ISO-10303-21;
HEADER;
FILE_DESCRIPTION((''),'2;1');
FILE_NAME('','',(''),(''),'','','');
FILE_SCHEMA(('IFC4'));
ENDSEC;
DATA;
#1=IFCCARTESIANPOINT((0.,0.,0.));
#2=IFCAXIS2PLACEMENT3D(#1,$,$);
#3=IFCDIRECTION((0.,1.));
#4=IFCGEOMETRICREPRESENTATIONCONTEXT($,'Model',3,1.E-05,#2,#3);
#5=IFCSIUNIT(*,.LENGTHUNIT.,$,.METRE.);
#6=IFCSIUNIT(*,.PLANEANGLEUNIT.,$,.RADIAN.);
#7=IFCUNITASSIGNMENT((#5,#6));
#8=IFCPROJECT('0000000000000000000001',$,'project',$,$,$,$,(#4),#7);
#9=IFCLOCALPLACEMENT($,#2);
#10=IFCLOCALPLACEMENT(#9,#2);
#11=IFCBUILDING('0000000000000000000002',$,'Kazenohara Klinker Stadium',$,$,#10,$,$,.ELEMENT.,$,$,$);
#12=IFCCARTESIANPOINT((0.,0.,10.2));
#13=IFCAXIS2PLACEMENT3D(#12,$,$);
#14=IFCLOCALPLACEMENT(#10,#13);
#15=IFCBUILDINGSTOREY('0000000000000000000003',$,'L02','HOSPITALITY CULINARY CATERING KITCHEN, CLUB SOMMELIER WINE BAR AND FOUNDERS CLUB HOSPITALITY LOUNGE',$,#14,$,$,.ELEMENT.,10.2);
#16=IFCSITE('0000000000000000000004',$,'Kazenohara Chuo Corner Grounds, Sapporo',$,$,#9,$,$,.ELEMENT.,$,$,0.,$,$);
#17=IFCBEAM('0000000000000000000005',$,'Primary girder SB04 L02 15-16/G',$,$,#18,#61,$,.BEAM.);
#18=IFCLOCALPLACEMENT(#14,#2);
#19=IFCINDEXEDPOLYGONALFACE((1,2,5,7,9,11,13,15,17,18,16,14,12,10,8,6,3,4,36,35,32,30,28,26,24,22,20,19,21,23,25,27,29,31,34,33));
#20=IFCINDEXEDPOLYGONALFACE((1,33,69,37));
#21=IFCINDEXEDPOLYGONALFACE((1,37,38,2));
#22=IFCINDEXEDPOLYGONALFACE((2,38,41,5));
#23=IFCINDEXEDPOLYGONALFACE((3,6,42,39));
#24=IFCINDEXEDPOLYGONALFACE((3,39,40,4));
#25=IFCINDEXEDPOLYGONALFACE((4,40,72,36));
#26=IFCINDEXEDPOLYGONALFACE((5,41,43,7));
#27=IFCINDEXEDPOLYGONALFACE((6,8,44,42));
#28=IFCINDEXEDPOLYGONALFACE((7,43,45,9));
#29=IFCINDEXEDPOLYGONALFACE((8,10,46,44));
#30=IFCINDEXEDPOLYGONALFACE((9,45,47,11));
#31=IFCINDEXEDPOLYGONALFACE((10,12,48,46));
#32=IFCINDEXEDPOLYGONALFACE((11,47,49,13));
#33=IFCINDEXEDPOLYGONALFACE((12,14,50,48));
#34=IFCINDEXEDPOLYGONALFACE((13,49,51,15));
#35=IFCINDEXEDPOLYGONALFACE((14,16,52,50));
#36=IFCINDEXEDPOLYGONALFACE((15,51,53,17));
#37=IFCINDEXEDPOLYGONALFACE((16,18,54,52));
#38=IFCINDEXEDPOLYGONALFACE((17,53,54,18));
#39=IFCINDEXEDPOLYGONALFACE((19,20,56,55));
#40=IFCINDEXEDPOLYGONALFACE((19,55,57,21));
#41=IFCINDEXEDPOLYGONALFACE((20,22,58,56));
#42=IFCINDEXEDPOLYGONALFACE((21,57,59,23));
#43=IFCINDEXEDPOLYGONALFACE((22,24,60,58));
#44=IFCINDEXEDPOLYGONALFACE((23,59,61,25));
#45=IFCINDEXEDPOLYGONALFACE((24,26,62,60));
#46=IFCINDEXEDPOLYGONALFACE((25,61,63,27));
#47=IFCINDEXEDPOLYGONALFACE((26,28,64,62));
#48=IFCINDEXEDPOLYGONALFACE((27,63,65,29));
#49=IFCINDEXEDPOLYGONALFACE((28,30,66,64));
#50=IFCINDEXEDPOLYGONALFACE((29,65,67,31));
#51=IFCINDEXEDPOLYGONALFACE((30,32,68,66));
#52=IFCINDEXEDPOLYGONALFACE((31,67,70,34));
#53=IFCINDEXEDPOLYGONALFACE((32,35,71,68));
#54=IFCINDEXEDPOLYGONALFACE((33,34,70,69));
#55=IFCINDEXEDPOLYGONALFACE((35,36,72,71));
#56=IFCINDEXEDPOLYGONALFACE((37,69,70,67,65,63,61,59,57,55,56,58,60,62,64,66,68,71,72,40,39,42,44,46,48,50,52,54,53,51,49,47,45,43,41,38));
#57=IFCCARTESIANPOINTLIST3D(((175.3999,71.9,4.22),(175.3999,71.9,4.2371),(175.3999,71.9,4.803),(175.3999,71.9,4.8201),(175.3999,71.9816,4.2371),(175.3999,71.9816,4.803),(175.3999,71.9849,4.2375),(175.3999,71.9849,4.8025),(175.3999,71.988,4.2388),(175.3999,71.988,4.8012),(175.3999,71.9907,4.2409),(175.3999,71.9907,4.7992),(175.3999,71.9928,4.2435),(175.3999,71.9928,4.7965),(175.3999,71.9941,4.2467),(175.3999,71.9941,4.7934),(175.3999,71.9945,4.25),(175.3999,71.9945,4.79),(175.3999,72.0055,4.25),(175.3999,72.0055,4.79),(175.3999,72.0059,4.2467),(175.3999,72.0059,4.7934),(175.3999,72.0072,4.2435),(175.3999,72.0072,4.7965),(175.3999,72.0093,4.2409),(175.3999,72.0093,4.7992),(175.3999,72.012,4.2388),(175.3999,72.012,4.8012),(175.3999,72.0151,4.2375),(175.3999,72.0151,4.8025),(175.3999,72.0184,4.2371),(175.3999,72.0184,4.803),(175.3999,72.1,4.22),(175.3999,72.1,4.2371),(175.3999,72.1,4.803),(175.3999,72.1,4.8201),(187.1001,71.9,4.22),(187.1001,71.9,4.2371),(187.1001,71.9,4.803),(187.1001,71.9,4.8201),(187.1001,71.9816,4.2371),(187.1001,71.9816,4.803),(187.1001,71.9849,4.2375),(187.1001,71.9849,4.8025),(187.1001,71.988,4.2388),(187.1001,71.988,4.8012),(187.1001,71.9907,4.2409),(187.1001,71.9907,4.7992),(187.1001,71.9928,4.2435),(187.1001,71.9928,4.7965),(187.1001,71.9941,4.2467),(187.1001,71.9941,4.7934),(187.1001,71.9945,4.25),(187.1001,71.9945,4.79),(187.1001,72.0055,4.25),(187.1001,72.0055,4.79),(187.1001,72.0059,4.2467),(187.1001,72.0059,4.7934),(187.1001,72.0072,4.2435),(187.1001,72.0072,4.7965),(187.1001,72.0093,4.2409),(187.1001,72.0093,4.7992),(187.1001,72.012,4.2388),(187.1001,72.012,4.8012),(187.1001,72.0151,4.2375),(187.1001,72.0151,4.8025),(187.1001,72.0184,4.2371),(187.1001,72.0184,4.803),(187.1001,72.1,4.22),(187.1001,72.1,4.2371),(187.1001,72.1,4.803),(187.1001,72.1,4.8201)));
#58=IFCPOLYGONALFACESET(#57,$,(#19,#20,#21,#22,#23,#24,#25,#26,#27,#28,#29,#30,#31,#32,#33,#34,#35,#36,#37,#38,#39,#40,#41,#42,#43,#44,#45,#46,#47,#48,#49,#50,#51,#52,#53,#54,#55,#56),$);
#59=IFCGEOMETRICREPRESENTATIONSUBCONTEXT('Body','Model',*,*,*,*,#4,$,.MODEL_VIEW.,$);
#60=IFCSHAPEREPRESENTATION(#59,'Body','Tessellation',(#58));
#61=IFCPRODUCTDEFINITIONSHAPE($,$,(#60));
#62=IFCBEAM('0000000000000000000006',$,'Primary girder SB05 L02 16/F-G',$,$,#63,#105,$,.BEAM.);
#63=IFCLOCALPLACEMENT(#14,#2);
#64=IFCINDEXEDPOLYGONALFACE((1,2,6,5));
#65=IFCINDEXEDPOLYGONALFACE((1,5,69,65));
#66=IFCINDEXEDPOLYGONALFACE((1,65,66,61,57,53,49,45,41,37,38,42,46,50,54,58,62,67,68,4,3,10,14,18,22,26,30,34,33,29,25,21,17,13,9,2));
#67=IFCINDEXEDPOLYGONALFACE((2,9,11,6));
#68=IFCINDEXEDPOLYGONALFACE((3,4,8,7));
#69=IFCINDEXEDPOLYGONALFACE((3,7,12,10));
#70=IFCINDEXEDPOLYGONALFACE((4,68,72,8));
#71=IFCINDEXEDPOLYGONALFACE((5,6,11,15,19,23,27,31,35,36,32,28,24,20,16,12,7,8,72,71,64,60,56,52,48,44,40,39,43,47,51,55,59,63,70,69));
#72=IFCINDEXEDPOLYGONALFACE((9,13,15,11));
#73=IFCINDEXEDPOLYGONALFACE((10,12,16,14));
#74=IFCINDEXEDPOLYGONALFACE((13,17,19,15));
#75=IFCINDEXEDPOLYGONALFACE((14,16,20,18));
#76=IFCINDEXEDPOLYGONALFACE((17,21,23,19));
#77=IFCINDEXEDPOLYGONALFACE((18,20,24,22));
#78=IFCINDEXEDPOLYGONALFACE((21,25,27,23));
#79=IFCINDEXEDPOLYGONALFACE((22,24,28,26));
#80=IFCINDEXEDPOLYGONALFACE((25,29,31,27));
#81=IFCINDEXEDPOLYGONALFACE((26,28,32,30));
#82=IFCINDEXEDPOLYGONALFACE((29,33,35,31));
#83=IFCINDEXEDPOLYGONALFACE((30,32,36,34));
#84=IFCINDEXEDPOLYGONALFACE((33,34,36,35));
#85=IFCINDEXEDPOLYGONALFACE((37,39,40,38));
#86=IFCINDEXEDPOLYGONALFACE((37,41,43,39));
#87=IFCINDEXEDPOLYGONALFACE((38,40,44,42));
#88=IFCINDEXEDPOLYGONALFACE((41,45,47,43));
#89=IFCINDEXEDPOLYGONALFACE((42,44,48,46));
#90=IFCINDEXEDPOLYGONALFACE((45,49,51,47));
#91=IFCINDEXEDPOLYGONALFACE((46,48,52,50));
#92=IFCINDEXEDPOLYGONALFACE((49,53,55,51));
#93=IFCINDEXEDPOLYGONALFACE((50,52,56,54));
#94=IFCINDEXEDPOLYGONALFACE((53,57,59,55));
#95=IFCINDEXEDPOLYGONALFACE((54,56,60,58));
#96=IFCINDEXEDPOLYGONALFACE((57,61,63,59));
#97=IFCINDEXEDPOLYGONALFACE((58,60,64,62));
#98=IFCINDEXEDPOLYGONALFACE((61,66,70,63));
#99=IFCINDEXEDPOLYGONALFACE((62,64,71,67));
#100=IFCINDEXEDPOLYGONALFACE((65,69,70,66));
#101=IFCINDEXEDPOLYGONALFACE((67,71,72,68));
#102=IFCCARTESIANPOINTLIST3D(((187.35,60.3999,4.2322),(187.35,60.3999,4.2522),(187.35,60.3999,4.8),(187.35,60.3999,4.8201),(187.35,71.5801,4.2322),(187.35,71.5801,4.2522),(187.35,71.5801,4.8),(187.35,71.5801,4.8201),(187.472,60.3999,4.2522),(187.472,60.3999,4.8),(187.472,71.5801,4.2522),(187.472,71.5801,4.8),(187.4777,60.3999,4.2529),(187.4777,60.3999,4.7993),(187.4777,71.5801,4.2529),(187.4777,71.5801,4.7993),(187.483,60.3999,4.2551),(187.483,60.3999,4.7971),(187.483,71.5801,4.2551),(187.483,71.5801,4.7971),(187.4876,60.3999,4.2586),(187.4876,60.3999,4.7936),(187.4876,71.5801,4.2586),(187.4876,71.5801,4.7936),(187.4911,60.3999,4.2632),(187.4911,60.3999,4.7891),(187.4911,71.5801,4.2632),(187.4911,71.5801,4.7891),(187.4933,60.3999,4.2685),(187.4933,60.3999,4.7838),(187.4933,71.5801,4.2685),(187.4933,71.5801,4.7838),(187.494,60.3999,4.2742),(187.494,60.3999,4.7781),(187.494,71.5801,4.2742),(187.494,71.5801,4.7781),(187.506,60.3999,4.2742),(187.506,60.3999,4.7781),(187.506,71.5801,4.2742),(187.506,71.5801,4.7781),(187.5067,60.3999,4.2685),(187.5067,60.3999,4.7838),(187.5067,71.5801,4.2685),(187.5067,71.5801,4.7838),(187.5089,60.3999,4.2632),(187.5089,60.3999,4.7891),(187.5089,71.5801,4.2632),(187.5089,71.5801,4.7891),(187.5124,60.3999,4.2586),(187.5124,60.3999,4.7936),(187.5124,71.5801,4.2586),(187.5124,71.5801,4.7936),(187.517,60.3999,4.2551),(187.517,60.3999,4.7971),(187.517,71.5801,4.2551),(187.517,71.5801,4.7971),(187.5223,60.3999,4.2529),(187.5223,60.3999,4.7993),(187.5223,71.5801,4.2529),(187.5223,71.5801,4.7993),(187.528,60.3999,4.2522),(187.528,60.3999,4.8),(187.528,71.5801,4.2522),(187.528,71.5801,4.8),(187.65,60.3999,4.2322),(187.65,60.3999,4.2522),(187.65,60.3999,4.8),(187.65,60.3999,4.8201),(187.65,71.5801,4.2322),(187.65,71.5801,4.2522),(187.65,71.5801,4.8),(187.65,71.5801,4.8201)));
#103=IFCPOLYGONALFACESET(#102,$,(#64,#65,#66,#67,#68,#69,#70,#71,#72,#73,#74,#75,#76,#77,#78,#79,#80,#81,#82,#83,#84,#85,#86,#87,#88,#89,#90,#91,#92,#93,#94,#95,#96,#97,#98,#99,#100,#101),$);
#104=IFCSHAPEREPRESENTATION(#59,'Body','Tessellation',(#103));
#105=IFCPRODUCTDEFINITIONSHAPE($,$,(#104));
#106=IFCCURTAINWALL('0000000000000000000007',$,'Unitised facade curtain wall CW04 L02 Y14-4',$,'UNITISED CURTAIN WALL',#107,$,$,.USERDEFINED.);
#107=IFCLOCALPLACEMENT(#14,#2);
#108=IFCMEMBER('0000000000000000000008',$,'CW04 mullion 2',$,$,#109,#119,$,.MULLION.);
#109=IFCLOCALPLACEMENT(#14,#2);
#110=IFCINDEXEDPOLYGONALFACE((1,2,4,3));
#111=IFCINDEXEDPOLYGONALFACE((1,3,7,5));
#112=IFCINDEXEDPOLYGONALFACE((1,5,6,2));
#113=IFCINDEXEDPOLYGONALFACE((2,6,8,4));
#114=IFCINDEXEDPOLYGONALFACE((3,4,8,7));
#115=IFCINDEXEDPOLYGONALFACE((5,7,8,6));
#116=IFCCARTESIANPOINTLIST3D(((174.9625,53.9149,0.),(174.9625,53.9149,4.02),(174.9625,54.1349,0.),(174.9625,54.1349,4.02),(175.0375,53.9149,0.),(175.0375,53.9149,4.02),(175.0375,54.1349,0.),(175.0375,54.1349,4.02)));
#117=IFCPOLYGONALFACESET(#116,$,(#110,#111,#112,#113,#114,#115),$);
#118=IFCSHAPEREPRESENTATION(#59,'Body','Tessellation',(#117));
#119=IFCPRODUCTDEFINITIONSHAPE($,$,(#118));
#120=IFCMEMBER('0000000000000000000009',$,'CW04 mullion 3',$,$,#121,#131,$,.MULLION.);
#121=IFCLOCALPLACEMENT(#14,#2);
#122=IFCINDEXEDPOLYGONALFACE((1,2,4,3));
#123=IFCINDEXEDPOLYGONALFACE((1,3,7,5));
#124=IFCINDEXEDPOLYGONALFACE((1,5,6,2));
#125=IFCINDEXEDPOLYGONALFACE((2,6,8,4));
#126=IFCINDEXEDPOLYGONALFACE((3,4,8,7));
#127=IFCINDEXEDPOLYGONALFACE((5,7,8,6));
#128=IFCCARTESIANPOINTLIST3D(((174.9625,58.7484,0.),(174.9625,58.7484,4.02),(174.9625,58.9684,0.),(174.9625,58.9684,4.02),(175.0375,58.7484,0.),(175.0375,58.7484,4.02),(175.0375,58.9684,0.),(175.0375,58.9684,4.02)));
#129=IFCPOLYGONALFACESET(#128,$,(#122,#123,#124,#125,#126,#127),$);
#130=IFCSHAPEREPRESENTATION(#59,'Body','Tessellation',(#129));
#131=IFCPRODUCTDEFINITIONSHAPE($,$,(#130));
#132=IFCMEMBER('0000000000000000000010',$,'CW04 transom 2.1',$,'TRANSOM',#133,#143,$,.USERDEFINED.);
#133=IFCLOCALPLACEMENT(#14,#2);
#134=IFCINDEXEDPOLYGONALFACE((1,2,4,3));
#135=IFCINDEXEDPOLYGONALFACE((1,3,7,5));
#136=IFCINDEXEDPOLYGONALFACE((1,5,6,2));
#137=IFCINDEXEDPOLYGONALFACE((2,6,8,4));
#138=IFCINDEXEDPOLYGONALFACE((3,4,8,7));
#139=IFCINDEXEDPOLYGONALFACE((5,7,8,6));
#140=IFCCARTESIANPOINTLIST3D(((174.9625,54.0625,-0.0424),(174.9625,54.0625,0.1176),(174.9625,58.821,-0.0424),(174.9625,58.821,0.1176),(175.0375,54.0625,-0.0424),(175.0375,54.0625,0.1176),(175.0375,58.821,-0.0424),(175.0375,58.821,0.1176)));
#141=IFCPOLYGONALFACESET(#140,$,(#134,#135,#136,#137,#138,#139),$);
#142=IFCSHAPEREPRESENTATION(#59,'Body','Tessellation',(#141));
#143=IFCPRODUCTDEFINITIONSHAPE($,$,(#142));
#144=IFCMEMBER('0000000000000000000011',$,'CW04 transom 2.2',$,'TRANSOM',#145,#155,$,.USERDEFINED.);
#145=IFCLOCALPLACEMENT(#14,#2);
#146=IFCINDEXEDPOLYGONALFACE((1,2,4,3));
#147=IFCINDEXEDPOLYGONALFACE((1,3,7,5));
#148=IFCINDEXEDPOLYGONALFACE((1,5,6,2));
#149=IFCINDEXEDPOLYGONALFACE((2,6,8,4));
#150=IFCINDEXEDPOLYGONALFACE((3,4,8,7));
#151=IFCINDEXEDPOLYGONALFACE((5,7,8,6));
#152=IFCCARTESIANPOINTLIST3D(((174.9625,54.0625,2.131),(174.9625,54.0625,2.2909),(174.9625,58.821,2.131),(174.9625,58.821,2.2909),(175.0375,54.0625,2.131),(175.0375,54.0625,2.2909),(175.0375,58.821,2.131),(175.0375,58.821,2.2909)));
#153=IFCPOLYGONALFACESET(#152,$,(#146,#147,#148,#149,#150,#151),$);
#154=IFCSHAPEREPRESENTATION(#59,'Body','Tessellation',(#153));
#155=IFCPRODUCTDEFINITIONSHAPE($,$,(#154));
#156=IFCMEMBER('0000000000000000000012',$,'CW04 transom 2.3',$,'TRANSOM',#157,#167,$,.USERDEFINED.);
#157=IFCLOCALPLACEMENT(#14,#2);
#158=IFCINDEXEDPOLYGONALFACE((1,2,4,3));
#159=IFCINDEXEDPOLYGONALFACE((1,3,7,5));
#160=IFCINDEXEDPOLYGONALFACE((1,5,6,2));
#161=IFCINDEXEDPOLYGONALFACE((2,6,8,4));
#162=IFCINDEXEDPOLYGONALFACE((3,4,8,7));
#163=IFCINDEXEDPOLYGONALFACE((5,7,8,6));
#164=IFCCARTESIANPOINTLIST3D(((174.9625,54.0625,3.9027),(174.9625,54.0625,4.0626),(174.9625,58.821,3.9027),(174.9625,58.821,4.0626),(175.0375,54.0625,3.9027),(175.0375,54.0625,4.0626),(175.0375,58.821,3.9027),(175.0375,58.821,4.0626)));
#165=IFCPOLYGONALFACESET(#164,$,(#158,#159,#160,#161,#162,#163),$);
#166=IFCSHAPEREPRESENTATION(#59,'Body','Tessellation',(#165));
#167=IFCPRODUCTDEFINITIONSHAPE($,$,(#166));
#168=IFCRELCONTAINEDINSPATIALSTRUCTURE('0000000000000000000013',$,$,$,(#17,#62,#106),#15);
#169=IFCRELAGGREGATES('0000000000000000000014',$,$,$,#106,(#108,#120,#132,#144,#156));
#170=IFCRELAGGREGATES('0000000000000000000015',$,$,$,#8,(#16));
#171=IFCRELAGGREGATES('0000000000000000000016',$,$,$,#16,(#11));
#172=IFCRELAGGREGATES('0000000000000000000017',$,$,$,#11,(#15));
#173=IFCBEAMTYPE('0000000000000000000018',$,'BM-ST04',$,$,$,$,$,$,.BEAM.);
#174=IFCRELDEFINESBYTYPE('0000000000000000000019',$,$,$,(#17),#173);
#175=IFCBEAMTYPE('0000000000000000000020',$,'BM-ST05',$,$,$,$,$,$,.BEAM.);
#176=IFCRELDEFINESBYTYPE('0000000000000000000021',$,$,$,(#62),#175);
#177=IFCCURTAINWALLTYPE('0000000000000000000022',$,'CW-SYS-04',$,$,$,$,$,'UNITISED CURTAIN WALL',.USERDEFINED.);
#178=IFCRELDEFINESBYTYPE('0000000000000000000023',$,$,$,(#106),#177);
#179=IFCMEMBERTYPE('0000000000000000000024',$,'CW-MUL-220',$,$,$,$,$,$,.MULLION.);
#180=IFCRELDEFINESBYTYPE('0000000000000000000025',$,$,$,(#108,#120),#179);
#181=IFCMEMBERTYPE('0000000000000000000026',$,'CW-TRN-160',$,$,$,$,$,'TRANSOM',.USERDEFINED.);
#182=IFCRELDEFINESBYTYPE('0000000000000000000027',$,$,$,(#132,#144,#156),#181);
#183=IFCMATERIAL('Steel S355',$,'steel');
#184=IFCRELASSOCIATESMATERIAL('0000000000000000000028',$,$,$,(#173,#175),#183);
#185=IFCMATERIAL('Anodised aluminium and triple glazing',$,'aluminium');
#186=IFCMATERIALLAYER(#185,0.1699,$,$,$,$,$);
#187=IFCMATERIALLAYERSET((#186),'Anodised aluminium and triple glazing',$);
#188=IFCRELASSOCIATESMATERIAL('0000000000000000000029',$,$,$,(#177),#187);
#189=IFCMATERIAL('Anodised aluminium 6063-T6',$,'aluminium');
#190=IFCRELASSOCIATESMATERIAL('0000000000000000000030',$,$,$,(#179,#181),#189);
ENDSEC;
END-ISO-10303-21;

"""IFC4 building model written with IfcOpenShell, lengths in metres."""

from ifc_helpers import new_model, si_unit, direction, frame, origin, origin_2d, place, context, subcontext, project, spatial, rectangle, i_section, extrude, material, layer, layer_set, material_profile, profile_set, type_object, element, aggregate, save


model = new_model("IFC4")

# Units and contexts
model_context = context("Model", 3, precision=1e-05, world=origin(), true_north=direction((0.0, 1.0)))
body_context = subcontext(model_context, "Body", "Model", "MODEL_VIEW")
ifc_project = project(units=[si_unit("LENGTHUNIT", "METRE"), si_unit("PLANEANGLEUNIT", "RADIAN")], contexts=[model_context])

# Site, building, storey
site_placement = place(None, origin())
site = spatial("IfcSite", under=ifc_project, at=site_placement, Name="Kazenohara Chuo Corner Grounds, Sapporo", CompositionType="ELEMENT", RefElevation=0.0)
building_placement = place(site_placement, origin())
building = spatial("IfcBuilding", under=site, at=building_placement, Name="Kazenohara Klinker Stadium", CompositionType="ELEMENT")
storey_placement = place(building_placement, frame((0.0, 0.0, 10.2)))
storey = spatial("IfcBuildingStorey", under=building, at=storey_placement, Name="L02", Description="HOSPITALITY CULINARY CATERING KITCHEN, CLUB SOMMELIER WINE BAR AND FOUNDERS CLUB HOSPITALITY LOUNGE", CompositionType="ELEMENT", Elevation=10.2)

# Beams
ifc_material_1 = material(Name="Steel S355", Category="steel")
ifc_material_profile_1 = material_profile(ifc_material_1, i_section(OverallWidth=0.2, OverallDepth=0.6001, WebThickness=0.011, FlangeThickness=0.0171, FilletRadius=0.0129, at=origin_2d()), Name="H-600x200x11x17")
ifc_profile_set_1 = profile_set([ifc_material_profile_1], Name="Steel S355")
beam_type_1 = type_object("IfcBeamType", Name="BM-ST04", PredefinedType="BEAM", material=ifc_profile_set_1)
beam_1_placement = place(storey_placement, frame((175.3999, 72.0, 4.52), z_axis=(1.0, 0.0, 0.0), x_axis=(0.0, 1.0, 0.0)))
element("IfcBeam", 1, at=beam_1_placement, inside=storey, type_object=beam_type_1, Name="Primary girder SB04 L02 15-16/G", PredefinedType="BEAM", context=body_context, shape_type="SweptSolid", body=[
    extrude(i_section(OverallWidth=0.2, OverallDepth=0.6001, WebThickness=0.011, FlangeThickness=0.0171, FilletRadius=0.0129, at=origin_2d()), origin(), (0.0, 0.0, 1.0), 11.7002),
])
ifc_material_profile_2 = material_profile(ifc_material_1, i_section(OverallWidth=0.3, OverallDepth=0.5879, WebThickness=0.012, FlangeThickness=0.02, FilletRadius=0.022, at=origin_2d()), Name="H-588x300x12x20")
ifc_profile_set_2 = profile_set([ifc_material_profile_2], Name="Steel S355")
beam_type_2 = type_object("IfcBeamType", Name="BM-ST05", PredefinedType="BEAM", material=ifc_profile_set_2)
beam_2_placement = place(storey_placement, frame((187.5, 60.3999, 4.5261), z_axis=(0.0, 1.0, 0.0), x_axis=(-1.0, 0.0, 0.0)))
element("IfcBeam", 2, at=beam_2_placement, inside=storey, type_object=beam_type_2, Name="Primary girder SB05 L02 16/F-G", PredefinedType="BEAM", context=body_context, shape_type="SweptSolid", body=[
    extrude(i_section(OverallWidth=0.3, OverallDepth=0.5879, WebThickness=0.012, FlangeThickness=0.02, FilletRadius=0.022, at=origin_2d()), origin(), (0.0, 0.0, 1.0), 11.1802),
])

# Curtain wall, members
ifc_material_2 = material(Name="Anodised aluminium and triple glazing", Category="aluminium")
ifc_layer_1 = layer(ifc_material_2, 0.1699)
ifc_layer_set_1 = layer_set([ifc_layer_1], Name="Anodised aluminium and triple glazing")
curtain_wall_type = type_object("IfcCurtainWallType", Name="CW-SYS-04", ElementType="UNITISED CURTAIN WALL", PredefinedType="USERDEFINED", material=ifc_layer_set_1)
curtain_wall_placement = place(storey_placement, origin())
curtain_wall = element("IfcCurtainWall", 3, at=curtain_wall_placement, inside=storey, type_object=curtain_wall_type, Name="Unitised facade curtain wall CW04 L02 Y14-4", ObjectType="UNITISED CURTAIN WALL", PredefinedType="USERDEFINED")
ifc_material_3 = material(Name="Anodised aluminium 6063-T6", Category="aluminium")
ifc_material_profile_3 = material_profile(ifc_material_3, rectangle(XDim=0.075, YDim=0.22, at=origin_2d()), Name="ALU-MUL-75x220")
ifc_profile_set_3 = profile_set([ifc_material_profile_3], Name="Anodised aluminium 6063-T6")
member_type_1 = type_object("IfcMemberType", Name="CW-MUL-220", PredefinedType="MULLION", material=ifc_profile_set_3)
member_1_placement = place(storey_placement, frame((175.0, 54.0249, 0.0), z_axis=(0.0, 0.0, 1.0), x_axis=(-1.0, 0.0, 0.0)))
member_1 = element("IfcMember", 4, at=member_1_placement, type_object=member_type_1, Name="CW04 mullion 2", PredefinedType="MULLION", context=body_context, shape_type="SweptSolid", body=[
    extrude(rectangle(XDim=0.075, YDim=0.22, at=origin_2d()), origin(), (0.0, 0.0, 1.0), 4.02),
])
member_2_placement = place(storey_placement, frame((175.0, 58.8584, 0.0), z_axis=(0.0, 0.0, 1.0), x_axis=(-1.0, 0.0, 0.0)))
member_2 = element("IfcMember", 5, at=member_2_placement, type_object=member_type_1, Name="CW04 mullion 3", PredefinedType="MULLION", context=body_context, shape_type="SweptSolid", body=[
    extrude(rectangle(XDim=0.075, YDim=0.22, at=origin_2d()), origin(), (0.0, 0.0, 1.0), 4.02),
])
ifc_material_profile_4 = material_profile(ifc_material_3, rectangle(XDim=0.075, YDim=0.1599, at=origin_2d()), Name="ALU-TRN-75x160")
ifc_profile_set_4 = profile_set([ifc_material_profile_4], Name="Anodised aluminium 6063-T6")
member_type_2 = type_object("IfcMemberType", Name="CW-TRN-160", ElementType="TRANSOM", PredefinedType="USERDEFINED", material=ifc_profile_set_4)
member_3_placement = place(storey_placement, frame((175.0, 54.0625, 0.0376), z_axis=(0.0, 1.0, 0.0), x_axis=(-1.0, 0.0, 0.0)))
member_3 = element("IfcMember", 6, at=member_3_placement, type_object=member_type_2, Name="CW04 transom 2.1", ObjectType="TRANSOM", PredefinedType="USERDEFINED", context=body_context, shape_type="SweptSolid", body=[
    extrude(rectangle(XDim=0.075, YDim=0.1599, at=origin_2d()), origin(), (0.0, 0.0, 1.0), 4.7585),
])
member_4_placement = place(storey_placement, frame((175.0, 54.0625, 2.2109), z_axis=(0.0, 1.0, 0.0), x_axis=(-1.0, 0.0, 0.0)))
member_4 = element("IfcMember", 7, at=member_4_placement, type_object=member_type_2, Name="CW04 transom 2.2", ObjectType="TRANSOM", PredefinedType="USERDEFINED", context=body_context, shape_type="SweptSolid", body=[
    extrude(rectangle(XDim=0.075, YDim=0.1599, at=origin_2d()), origin(), (0.0, 0.0, 1.0), 4.7585),
])
member_5_placement = place(storey_placement, frame((175.0, 54.0625, 3.9827), z_axis=(0.0, 1.0, 0.0), x_axis=(-1.0, 0.0, 0.0)))
member_5 = element("IfcMember", 8, at=member_5_placement, type_object=member_type_2, Name="CW04 transom 2.3", ObjectType="TRANSOM", PredefinedType="USERDEFINED", context=body_context, shape_type="SweptSolid", body=[
    extrude(rectangle(XDim=0.075, YDim=0.1599, at=origin_2d()), origin(), (0.0, 0.0, 1.0), 4.7585),
])

aggregate(curtain_wall, [member_1, member_2, member_3, member_4, member_5])

save(model, "model.ifc")
